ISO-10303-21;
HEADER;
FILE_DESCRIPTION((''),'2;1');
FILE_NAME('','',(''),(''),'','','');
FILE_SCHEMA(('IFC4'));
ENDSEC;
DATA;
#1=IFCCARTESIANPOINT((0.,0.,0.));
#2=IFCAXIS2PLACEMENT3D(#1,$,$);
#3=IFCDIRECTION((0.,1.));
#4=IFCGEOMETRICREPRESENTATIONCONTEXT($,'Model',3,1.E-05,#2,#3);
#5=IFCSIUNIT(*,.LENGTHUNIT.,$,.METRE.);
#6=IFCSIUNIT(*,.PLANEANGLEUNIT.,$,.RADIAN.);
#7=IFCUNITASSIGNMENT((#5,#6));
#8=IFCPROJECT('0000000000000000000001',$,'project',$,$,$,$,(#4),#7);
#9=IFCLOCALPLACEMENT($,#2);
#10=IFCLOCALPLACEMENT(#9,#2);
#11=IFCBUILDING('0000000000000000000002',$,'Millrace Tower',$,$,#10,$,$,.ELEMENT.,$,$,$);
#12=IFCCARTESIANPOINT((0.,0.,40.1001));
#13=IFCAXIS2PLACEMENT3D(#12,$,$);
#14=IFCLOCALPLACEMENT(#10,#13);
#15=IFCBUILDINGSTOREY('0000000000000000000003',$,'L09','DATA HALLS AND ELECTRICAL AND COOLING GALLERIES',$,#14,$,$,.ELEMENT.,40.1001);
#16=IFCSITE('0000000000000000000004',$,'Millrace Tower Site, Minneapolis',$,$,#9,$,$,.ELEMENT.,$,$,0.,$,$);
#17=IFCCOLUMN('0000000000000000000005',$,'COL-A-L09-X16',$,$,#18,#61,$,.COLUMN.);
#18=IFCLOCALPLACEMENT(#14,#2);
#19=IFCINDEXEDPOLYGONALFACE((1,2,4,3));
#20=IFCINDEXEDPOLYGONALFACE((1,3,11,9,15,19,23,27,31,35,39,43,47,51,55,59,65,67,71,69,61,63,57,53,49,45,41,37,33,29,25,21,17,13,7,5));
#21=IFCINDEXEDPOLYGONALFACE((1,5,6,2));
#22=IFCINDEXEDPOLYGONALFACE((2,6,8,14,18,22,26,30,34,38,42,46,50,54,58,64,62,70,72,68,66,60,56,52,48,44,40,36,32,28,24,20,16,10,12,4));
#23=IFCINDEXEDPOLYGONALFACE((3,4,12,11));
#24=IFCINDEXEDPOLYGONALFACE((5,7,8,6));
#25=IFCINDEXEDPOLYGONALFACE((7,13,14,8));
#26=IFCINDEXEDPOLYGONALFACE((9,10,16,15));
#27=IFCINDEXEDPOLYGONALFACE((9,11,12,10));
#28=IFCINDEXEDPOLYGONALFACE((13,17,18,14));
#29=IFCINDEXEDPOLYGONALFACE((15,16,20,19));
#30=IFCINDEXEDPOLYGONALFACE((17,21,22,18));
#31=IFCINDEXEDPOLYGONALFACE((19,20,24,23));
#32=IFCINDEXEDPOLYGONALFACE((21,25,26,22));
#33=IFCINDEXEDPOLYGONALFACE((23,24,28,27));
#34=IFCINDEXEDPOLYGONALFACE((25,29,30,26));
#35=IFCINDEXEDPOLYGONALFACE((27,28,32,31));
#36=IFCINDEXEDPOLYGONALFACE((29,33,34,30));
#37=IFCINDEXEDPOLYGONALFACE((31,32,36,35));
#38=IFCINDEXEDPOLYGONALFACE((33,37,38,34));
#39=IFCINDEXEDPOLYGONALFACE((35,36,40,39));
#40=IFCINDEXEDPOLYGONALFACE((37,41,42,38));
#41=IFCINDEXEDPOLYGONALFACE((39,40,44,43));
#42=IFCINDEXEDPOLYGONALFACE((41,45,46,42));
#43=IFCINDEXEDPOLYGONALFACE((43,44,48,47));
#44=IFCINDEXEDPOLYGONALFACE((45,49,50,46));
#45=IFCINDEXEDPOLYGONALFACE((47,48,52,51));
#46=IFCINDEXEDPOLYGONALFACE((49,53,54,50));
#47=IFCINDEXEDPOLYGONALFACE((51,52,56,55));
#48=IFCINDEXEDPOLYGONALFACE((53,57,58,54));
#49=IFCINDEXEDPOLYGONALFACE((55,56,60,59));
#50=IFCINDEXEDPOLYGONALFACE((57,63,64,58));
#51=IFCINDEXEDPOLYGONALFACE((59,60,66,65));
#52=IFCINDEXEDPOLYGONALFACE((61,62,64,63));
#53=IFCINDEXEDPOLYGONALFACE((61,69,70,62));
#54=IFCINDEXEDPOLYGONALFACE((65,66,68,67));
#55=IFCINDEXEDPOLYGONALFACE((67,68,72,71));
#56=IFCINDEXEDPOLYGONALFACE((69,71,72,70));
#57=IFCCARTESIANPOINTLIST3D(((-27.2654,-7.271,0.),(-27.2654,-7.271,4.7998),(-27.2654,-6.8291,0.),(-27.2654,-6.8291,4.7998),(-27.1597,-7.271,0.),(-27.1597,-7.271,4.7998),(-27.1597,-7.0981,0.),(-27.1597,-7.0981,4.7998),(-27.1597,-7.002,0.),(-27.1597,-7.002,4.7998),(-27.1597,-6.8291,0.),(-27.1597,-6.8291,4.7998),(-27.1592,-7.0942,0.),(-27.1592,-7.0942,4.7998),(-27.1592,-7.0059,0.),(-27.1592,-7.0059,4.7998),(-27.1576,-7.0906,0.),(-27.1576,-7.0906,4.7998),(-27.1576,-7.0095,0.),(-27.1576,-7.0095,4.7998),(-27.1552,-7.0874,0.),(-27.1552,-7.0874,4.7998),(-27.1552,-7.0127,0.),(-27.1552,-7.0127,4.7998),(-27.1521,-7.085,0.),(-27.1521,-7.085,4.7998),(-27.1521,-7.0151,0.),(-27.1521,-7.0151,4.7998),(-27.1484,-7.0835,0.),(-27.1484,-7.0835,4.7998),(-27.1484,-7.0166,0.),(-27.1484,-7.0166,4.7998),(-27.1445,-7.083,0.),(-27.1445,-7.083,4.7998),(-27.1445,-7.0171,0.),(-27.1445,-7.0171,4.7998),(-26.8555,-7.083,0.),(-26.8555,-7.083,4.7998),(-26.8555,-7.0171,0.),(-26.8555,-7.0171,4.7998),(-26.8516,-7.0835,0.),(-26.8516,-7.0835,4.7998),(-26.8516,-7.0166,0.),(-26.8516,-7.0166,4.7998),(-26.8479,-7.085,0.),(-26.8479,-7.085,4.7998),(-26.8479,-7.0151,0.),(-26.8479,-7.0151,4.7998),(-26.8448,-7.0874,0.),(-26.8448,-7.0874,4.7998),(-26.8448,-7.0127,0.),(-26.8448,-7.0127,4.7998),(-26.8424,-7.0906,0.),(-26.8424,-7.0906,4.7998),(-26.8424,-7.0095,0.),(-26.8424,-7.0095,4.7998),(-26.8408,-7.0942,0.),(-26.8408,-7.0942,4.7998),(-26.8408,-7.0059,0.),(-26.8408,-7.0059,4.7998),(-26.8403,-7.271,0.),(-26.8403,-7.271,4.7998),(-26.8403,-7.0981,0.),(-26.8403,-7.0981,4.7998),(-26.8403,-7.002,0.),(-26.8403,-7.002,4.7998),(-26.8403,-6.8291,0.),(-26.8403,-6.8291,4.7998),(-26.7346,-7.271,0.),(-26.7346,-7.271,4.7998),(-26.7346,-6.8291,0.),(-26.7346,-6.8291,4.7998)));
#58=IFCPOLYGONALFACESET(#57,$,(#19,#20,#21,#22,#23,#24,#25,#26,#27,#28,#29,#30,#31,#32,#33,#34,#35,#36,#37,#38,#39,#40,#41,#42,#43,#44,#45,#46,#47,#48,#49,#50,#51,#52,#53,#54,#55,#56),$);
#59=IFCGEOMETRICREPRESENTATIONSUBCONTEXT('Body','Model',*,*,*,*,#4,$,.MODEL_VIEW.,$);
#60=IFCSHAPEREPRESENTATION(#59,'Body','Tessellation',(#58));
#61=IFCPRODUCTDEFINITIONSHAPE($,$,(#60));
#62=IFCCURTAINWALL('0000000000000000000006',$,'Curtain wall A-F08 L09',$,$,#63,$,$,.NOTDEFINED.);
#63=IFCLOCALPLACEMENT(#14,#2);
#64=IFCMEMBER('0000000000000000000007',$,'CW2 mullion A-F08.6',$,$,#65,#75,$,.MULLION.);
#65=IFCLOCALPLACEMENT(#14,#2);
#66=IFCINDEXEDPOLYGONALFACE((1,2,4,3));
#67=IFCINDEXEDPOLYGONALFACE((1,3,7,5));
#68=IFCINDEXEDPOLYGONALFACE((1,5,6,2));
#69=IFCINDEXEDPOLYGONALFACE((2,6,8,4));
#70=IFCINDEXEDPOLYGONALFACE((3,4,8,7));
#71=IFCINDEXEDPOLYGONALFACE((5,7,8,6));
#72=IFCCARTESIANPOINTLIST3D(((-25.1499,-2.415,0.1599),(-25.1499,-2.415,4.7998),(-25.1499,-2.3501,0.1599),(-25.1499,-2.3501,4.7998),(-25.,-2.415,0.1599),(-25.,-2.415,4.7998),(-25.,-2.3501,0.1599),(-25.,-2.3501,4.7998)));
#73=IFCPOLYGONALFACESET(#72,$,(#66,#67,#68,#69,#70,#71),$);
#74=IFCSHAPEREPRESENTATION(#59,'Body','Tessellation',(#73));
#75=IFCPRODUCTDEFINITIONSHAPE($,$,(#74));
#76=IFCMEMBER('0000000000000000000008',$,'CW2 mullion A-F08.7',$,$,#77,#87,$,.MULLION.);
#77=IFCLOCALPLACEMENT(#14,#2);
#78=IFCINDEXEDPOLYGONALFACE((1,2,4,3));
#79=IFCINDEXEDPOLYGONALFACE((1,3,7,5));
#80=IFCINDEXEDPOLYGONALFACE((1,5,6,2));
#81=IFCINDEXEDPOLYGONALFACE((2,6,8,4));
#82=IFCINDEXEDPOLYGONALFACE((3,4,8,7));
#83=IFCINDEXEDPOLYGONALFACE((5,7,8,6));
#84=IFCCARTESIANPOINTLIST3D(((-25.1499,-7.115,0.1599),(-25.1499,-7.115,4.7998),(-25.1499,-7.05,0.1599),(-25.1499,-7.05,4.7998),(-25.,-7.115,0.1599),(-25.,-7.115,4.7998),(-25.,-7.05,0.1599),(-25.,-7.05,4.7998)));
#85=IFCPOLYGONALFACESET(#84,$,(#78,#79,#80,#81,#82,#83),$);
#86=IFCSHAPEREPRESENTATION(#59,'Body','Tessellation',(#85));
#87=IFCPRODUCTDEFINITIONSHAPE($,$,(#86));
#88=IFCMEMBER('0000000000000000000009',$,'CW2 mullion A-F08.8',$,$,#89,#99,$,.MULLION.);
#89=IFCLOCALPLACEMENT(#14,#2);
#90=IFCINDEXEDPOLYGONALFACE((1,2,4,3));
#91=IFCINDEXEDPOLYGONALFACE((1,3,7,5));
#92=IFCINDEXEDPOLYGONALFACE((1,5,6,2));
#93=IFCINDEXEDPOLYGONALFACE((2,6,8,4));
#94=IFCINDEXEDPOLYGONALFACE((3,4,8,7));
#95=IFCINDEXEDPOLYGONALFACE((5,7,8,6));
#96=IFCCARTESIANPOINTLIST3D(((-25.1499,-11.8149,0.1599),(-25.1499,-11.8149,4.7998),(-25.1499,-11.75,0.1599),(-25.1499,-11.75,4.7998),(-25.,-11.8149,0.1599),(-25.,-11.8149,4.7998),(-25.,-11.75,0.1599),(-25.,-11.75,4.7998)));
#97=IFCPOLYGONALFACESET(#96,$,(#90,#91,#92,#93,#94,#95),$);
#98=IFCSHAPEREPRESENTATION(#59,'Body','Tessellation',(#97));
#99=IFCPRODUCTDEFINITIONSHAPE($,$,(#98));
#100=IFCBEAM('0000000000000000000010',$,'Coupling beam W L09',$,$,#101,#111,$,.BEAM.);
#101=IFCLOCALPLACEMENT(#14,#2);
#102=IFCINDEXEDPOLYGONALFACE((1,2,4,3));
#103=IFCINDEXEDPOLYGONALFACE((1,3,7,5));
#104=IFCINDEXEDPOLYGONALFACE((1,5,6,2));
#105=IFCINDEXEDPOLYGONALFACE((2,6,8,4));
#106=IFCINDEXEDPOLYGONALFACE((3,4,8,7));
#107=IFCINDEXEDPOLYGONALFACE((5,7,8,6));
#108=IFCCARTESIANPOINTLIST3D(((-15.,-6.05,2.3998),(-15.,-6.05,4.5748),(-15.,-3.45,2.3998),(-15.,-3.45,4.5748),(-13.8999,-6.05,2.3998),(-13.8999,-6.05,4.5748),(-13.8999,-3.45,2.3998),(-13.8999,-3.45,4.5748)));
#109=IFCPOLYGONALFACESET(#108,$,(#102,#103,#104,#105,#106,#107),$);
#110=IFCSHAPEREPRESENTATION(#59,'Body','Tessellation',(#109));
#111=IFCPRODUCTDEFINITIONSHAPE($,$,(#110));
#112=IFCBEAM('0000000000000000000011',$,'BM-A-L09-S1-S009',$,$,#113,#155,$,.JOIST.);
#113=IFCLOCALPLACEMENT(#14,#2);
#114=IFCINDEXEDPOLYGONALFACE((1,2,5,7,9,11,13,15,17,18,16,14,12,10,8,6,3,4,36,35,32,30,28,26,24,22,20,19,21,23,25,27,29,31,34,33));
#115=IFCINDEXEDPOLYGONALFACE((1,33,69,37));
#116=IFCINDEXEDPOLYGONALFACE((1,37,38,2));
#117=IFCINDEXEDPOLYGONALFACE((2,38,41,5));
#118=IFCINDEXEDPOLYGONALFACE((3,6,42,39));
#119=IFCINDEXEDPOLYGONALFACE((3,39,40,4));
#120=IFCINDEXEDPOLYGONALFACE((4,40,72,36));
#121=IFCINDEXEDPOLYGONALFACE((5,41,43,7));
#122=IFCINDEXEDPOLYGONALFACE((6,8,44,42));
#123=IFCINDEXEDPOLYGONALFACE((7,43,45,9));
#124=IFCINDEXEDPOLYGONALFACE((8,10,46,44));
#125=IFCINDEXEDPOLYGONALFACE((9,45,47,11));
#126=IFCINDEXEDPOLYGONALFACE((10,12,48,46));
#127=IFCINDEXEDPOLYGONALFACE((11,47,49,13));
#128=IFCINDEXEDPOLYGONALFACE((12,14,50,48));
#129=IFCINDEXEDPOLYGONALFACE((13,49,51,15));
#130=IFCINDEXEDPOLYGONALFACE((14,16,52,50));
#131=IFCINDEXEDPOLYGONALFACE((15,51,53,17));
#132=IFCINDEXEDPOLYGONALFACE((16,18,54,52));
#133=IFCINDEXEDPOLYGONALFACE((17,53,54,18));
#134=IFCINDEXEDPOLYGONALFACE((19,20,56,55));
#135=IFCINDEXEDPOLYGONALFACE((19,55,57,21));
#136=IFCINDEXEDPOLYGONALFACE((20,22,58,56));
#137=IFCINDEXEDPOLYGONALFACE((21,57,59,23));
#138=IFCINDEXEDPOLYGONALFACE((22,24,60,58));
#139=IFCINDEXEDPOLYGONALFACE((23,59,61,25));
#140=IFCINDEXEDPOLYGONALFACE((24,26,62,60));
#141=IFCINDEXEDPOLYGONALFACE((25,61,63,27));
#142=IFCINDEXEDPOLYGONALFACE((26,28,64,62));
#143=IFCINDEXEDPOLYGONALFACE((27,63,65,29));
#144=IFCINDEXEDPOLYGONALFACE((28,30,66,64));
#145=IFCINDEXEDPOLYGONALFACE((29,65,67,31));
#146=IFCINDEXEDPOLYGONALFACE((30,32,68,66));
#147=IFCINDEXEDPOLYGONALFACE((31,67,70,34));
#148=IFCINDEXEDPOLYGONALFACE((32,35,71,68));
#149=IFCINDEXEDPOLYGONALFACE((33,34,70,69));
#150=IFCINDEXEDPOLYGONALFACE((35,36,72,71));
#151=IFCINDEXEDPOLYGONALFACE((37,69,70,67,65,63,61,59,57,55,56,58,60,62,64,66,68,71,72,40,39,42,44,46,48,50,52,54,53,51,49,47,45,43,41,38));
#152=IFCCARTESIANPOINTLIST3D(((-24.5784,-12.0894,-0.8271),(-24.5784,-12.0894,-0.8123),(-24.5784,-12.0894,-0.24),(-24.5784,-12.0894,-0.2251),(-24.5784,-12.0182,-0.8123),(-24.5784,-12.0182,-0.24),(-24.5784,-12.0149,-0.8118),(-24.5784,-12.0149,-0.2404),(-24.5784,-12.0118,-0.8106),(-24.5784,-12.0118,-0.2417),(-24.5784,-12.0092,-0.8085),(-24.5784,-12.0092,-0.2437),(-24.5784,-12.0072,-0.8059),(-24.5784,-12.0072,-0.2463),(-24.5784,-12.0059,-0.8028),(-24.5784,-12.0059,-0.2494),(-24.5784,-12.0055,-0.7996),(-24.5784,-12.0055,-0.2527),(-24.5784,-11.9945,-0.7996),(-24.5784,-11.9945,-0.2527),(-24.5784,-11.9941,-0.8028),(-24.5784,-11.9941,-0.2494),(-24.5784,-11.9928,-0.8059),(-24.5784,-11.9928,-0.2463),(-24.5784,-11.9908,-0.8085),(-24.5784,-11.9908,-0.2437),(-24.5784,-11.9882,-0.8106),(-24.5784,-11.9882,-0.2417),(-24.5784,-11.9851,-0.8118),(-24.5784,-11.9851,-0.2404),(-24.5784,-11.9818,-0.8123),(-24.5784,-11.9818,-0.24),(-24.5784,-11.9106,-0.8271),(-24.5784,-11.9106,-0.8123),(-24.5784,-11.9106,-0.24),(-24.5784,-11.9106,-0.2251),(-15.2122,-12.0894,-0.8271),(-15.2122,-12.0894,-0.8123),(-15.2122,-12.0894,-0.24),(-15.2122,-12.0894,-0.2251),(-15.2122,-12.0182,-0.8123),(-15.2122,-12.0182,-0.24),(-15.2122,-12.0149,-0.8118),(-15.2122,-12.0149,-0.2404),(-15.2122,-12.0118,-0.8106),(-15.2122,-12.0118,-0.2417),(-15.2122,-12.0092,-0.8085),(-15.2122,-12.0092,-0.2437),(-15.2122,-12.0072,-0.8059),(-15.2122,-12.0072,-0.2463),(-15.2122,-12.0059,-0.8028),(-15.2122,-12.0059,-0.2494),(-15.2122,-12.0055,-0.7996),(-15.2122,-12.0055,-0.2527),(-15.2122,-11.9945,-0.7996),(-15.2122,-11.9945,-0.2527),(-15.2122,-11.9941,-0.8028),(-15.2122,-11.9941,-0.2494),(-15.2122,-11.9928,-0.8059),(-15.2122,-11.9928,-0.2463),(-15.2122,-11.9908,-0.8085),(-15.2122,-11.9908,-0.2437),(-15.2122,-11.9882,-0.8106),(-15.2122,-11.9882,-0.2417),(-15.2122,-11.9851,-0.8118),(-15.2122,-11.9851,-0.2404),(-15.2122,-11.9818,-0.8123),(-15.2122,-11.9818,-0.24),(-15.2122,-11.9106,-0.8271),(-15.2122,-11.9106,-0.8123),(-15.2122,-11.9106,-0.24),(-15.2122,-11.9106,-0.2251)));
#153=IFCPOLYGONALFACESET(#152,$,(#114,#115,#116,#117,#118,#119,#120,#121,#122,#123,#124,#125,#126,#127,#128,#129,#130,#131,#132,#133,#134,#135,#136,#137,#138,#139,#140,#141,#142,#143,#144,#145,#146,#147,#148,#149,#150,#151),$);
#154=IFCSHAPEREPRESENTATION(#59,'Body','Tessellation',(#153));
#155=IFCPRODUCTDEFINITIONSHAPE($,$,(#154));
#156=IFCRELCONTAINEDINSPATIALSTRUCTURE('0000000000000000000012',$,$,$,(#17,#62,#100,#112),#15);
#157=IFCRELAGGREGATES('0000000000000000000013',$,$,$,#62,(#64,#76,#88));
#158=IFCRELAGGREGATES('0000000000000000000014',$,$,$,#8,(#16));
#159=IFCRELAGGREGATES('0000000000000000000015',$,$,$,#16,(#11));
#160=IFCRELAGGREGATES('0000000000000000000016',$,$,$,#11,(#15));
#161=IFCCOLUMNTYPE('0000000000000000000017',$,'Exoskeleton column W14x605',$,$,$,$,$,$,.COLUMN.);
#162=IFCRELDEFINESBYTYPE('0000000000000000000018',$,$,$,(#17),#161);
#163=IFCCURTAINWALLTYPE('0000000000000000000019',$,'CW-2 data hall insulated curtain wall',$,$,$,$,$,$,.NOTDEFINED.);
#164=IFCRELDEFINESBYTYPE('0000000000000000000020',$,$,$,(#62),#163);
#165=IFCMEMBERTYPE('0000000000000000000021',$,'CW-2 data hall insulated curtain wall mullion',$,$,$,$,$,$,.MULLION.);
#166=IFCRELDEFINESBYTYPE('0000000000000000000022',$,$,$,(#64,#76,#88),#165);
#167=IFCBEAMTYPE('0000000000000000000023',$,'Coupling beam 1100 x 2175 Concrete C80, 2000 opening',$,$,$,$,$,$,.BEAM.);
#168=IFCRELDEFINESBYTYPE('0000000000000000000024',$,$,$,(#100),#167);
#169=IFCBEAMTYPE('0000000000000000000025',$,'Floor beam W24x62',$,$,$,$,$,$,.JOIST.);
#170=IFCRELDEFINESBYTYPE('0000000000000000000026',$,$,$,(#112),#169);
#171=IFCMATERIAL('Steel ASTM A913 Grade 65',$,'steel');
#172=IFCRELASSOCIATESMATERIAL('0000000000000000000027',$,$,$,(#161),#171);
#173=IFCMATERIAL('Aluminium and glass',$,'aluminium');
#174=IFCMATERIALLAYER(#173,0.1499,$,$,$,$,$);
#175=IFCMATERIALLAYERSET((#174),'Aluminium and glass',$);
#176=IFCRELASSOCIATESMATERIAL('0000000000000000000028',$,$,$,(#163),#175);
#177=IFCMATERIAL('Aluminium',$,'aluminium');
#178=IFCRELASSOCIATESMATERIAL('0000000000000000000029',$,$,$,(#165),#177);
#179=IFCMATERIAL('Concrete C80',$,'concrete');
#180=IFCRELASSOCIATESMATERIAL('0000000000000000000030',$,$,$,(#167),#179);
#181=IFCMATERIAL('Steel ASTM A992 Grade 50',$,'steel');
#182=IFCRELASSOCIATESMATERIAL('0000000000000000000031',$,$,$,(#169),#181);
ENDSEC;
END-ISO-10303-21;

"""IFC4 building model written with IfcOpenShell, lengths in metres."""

from ifc_helpers import new_model, si_unit, direction, frame, origin, origin_2d, place, context, subcontext, project, spatial, rectangle, i_section, extrude, material, layer, layer_set, material_profile, profile_set, type_object, element, aggregate, save


model = new_model("IFC4")

# Units and contexts
model_context = context("Model", 3, precision=1e-05, world=origin(), true_north=direction((0.0, 1.0)))
body_context = subcontext(model_context, "Body", "Model", "MODEL_VIEW")
ifc_project = project(units=[si_unit("LENGTHUNIT", "METRE"), si_unit("PLANEANGLEUNIT", "RADIAN")], contexts=[model_context])

# Site, building, storey
site_placement = place(None, origin())
site = spatial("IfcSite", under=ifc_project, at=site_placement, Name="Millrace Tower Site, Minneapolis", CompositionType="ELEMENT", RefElevation=0.0)
building_placement = place(site_placement, origin())
building = spatial("IfcBuilding", under=site, at=building_placement, Name="Millrace Tower", CompositionType="ELEMENT")
storey_placement = place(building_placement, frame((0.0, 0.0, 40.1001)))
storey = spatial("IfcBuildingStorey", under=building, at=storey_placement, Name="L09", Description="DATA HALLS AND ELECTRICAL AND COOLING GALLERIES", CompositionType="ELEMENT", Elevation=40.1001)

# Column
ifc_material_1 = material(Name="Steel ASTM A913 Grade 65", Category="steel")
ifc_material_profile_1 = material_profile(ifc_material_1, i_section(OverallWidth=0.4419, OverallDepth=0.5308, WebThickness=0.0659, FlangeThickness=0.1057, FilletRadius=0.0151, at=origin_2d()))
ifc_profile_set_1 = profile_set([ifc_material_profile_1], Name="Steel ASTM A913 Grade 65")
column_type = type_object("IfcColumnType", Name="Exoskeleton column W14x605", PredefinedType="COLUMN", material=ifc_profile_set_1)
column_placement = place(storey_placement, frame((-27.0, -7.05, 0.0), z_axis=(0.0, 0.0, 1.0), x_axis=(0.0, -1.0, 0.0)))
element("IfcColumn", 1, at=column_placement, inside=storey, type_object=column_type, Name="COL-A-L09-X16", PredefinedType="COLUMN", context=body_context, shape_type="SweptSolid", body=[
    extrude(i_section(OverallWidth=0.4419, OverallDepth=0.5308, WebThickness=0.0659, FlangeThickness=0.1057, FilletRadius=0.0151, at=origin_2d()), origin(), (0.0, 0.0, 1.0), 4.7998),
])

# Curtain wall, members
ifc_material_2 = material(Name="Aluminium and glass", Category="aluminium")
ifc_layer_1 = layer(ifc_material_2, 0.1499)
ifc_layer_set_1 = layer_set([ifc_layer_1], Name="Aluminium and glass")
curtain_wall_type = type_object("IfcCurtainWallType", Name="CW-2 data hall insulated curtain wall", PredefinedType="NOTDEFINED", material=ifc_layer_set_1)
curtain_wall_placement = place(storey_placement, origin())
curtain_wall = element("IfcCurtainWall", 2, at=curtain_wall_placement, inside=storey, type_object=curtain_wall_type, Name="Curtain wall A-F08 L09", PredefinedType="NOTDEFINED")
ifc_material_3 = material(Name="Aluminium", Category="aluminium")
ifc_material_profile_2 = material_profile(ifc_material_3, rectangle(XDim=0.0649, YDim=0.1499, at=origin_2d()))
ifc_profile_set_2 = profile_set([ifc_material_profile_2], Name="Aluminium")
member_type = type_object("IfcMemberType", Name="CW-2 data hall insulated curtain wall mullion", PredefinedType="MULLION", material=ifc_profile_set_2)
member_1_placement = place(storey_placement, frame((-25.075, -2.3826, 0.1599), z_axis=(0.0, 0.0, 1.0), x_axis=(0.0, -1.0, 0.0)))
member_1 = element("IfcMember", 3, at=member_1_placement, type_object=member_type, Name="CW2 mullion A-F08.6", PredefinedType="MULLION", context=body_context, shape_type="SweptSolid", body=[
    extrude(rectangle(XDim=0.0649, YDim=0.1499, at=origin_2d()), origin(), (0.0, 0.0, 1.0), 4.6399),
])
member_2_placement = place(storey_placement, frame((-25.075, -7.0825, 0.1599), z_axis=(0.0, 0.0, 1.0), x_axis=(0.0, -1.0, 0.0)))
member_2 = element("IfcMember", 4, at=member_2_placement, type_object=member_type, Name="CW2 mullion A-F08.7", PredefinedType="MULLION", context=body_context, shape_type="SweptSolid", body=[
    extrude(rectangle(XDim=0.0649, YDim=0.1499, at=origin_2d()), origin(), (0.0, 0.0, 1.0), 4.6399),
])
member_3_placement = place(storey_placement, frame((-25.075, -11.7825, 0.1599), z_axis=(0.0, 0.0, 1.0), x_axis=(0.0, -1.0, 0.0)))
member_3 = element("IfcMember", 5, at=member_3_placement, type_object=member_type, Name="CW2 mullion A-F08.8", PredefinedType="MULLION", context=body_context, shape_type="SweptSolid", body=[
    extrude(rectangle(XDim=0.0649, YDim=0.1499, at=origin_2d()), origin(), (0.0, 0.0, 1.0), 4.6399),
])
aggregate(curtain_wall, [member_1, member_2, member_3])

# Beams
ifc_material_4 = material(Name="Concrete C80", Category="concrete")
ifc_material_profile_3 = material_profile(ifc_material_4, rectangle(XDim=1.1001, YDim=2.175, at=origin_2d()))
ifc_profile_set_3 = profile_set([ifc_material_profile_3], Name="Concrete C80")
beam_type_1 = type_object("IfcBeamType", Name="Coupling beam 1100 x 2175 Concrete C80, 2000 opening", PredefinedType="BEAM", material=ifc_profile_set_3)
beam_1_placement = place(storey_placement, frame((-14.45, -6.05, 3.4873), z_axis=(0.0, 1.0, 0.0), x_axis=(-1.0, 0.0, 0.0)))
element("IfcBeam", 6, at=beam_1_placement, inside=storey, type_object=beam_type_1, Name="Coupling beam W L09", PredefinedType="BEAM", context=body_context, shape_type="SweptSolid", body=[
    extrude(rectangle(XDim=1.1001, YDim=2.175, at=origin_2d()), origin(), (0.0, 0.0, 1.0), 2.6001),
])
ifc_material_5 = material(Name="Steel ASTM A992 Grade 50", Category="steel")
ifc_material_profile_4 = material_profile(ifc_material_5, i_section(OverallWidth=0.1787, OverallDepth=0.6021, WebThickness=0.011, FlangeThickness=0.0149, FilletRadius=0.0127, at=origin_2d()))
ifc_profile_set_4 = profile_set([ifc_material_profile_4], Name="Steel ASTM A992 Grade 50")
beam_type_2 = type_object("IfcBeamType", Name="Floor beam W24x62", PredefinedType="JOIST", material=ifc_profile_set_4)
beam_2_placement = place(storey_placement, frame((-24.5784, -12.0, -0.5261), z_axis=(1.0, 0.0, 0.0), x_axis=(0.0, 1.0, 0.0)))
element("IfcBeam", 7, at=beam_2_placement, inside=storey, type_object=beam_type_2, Name="BM-A-L09-S1-S009", PredefinedType="JOIST", context=body_context, shape_type="SweptSolid", body=[
    extrude(i_section(OverallWidth=0.1787, OverallDepth=0.6021, WebThickness=0.011, FlangeThickness=0.0149, FilletRadius=0.0127, at=origin_2d()), origin(), (0.0, 0.0, 1.0), 9.3662),
])

save(model, "model.ifc")
